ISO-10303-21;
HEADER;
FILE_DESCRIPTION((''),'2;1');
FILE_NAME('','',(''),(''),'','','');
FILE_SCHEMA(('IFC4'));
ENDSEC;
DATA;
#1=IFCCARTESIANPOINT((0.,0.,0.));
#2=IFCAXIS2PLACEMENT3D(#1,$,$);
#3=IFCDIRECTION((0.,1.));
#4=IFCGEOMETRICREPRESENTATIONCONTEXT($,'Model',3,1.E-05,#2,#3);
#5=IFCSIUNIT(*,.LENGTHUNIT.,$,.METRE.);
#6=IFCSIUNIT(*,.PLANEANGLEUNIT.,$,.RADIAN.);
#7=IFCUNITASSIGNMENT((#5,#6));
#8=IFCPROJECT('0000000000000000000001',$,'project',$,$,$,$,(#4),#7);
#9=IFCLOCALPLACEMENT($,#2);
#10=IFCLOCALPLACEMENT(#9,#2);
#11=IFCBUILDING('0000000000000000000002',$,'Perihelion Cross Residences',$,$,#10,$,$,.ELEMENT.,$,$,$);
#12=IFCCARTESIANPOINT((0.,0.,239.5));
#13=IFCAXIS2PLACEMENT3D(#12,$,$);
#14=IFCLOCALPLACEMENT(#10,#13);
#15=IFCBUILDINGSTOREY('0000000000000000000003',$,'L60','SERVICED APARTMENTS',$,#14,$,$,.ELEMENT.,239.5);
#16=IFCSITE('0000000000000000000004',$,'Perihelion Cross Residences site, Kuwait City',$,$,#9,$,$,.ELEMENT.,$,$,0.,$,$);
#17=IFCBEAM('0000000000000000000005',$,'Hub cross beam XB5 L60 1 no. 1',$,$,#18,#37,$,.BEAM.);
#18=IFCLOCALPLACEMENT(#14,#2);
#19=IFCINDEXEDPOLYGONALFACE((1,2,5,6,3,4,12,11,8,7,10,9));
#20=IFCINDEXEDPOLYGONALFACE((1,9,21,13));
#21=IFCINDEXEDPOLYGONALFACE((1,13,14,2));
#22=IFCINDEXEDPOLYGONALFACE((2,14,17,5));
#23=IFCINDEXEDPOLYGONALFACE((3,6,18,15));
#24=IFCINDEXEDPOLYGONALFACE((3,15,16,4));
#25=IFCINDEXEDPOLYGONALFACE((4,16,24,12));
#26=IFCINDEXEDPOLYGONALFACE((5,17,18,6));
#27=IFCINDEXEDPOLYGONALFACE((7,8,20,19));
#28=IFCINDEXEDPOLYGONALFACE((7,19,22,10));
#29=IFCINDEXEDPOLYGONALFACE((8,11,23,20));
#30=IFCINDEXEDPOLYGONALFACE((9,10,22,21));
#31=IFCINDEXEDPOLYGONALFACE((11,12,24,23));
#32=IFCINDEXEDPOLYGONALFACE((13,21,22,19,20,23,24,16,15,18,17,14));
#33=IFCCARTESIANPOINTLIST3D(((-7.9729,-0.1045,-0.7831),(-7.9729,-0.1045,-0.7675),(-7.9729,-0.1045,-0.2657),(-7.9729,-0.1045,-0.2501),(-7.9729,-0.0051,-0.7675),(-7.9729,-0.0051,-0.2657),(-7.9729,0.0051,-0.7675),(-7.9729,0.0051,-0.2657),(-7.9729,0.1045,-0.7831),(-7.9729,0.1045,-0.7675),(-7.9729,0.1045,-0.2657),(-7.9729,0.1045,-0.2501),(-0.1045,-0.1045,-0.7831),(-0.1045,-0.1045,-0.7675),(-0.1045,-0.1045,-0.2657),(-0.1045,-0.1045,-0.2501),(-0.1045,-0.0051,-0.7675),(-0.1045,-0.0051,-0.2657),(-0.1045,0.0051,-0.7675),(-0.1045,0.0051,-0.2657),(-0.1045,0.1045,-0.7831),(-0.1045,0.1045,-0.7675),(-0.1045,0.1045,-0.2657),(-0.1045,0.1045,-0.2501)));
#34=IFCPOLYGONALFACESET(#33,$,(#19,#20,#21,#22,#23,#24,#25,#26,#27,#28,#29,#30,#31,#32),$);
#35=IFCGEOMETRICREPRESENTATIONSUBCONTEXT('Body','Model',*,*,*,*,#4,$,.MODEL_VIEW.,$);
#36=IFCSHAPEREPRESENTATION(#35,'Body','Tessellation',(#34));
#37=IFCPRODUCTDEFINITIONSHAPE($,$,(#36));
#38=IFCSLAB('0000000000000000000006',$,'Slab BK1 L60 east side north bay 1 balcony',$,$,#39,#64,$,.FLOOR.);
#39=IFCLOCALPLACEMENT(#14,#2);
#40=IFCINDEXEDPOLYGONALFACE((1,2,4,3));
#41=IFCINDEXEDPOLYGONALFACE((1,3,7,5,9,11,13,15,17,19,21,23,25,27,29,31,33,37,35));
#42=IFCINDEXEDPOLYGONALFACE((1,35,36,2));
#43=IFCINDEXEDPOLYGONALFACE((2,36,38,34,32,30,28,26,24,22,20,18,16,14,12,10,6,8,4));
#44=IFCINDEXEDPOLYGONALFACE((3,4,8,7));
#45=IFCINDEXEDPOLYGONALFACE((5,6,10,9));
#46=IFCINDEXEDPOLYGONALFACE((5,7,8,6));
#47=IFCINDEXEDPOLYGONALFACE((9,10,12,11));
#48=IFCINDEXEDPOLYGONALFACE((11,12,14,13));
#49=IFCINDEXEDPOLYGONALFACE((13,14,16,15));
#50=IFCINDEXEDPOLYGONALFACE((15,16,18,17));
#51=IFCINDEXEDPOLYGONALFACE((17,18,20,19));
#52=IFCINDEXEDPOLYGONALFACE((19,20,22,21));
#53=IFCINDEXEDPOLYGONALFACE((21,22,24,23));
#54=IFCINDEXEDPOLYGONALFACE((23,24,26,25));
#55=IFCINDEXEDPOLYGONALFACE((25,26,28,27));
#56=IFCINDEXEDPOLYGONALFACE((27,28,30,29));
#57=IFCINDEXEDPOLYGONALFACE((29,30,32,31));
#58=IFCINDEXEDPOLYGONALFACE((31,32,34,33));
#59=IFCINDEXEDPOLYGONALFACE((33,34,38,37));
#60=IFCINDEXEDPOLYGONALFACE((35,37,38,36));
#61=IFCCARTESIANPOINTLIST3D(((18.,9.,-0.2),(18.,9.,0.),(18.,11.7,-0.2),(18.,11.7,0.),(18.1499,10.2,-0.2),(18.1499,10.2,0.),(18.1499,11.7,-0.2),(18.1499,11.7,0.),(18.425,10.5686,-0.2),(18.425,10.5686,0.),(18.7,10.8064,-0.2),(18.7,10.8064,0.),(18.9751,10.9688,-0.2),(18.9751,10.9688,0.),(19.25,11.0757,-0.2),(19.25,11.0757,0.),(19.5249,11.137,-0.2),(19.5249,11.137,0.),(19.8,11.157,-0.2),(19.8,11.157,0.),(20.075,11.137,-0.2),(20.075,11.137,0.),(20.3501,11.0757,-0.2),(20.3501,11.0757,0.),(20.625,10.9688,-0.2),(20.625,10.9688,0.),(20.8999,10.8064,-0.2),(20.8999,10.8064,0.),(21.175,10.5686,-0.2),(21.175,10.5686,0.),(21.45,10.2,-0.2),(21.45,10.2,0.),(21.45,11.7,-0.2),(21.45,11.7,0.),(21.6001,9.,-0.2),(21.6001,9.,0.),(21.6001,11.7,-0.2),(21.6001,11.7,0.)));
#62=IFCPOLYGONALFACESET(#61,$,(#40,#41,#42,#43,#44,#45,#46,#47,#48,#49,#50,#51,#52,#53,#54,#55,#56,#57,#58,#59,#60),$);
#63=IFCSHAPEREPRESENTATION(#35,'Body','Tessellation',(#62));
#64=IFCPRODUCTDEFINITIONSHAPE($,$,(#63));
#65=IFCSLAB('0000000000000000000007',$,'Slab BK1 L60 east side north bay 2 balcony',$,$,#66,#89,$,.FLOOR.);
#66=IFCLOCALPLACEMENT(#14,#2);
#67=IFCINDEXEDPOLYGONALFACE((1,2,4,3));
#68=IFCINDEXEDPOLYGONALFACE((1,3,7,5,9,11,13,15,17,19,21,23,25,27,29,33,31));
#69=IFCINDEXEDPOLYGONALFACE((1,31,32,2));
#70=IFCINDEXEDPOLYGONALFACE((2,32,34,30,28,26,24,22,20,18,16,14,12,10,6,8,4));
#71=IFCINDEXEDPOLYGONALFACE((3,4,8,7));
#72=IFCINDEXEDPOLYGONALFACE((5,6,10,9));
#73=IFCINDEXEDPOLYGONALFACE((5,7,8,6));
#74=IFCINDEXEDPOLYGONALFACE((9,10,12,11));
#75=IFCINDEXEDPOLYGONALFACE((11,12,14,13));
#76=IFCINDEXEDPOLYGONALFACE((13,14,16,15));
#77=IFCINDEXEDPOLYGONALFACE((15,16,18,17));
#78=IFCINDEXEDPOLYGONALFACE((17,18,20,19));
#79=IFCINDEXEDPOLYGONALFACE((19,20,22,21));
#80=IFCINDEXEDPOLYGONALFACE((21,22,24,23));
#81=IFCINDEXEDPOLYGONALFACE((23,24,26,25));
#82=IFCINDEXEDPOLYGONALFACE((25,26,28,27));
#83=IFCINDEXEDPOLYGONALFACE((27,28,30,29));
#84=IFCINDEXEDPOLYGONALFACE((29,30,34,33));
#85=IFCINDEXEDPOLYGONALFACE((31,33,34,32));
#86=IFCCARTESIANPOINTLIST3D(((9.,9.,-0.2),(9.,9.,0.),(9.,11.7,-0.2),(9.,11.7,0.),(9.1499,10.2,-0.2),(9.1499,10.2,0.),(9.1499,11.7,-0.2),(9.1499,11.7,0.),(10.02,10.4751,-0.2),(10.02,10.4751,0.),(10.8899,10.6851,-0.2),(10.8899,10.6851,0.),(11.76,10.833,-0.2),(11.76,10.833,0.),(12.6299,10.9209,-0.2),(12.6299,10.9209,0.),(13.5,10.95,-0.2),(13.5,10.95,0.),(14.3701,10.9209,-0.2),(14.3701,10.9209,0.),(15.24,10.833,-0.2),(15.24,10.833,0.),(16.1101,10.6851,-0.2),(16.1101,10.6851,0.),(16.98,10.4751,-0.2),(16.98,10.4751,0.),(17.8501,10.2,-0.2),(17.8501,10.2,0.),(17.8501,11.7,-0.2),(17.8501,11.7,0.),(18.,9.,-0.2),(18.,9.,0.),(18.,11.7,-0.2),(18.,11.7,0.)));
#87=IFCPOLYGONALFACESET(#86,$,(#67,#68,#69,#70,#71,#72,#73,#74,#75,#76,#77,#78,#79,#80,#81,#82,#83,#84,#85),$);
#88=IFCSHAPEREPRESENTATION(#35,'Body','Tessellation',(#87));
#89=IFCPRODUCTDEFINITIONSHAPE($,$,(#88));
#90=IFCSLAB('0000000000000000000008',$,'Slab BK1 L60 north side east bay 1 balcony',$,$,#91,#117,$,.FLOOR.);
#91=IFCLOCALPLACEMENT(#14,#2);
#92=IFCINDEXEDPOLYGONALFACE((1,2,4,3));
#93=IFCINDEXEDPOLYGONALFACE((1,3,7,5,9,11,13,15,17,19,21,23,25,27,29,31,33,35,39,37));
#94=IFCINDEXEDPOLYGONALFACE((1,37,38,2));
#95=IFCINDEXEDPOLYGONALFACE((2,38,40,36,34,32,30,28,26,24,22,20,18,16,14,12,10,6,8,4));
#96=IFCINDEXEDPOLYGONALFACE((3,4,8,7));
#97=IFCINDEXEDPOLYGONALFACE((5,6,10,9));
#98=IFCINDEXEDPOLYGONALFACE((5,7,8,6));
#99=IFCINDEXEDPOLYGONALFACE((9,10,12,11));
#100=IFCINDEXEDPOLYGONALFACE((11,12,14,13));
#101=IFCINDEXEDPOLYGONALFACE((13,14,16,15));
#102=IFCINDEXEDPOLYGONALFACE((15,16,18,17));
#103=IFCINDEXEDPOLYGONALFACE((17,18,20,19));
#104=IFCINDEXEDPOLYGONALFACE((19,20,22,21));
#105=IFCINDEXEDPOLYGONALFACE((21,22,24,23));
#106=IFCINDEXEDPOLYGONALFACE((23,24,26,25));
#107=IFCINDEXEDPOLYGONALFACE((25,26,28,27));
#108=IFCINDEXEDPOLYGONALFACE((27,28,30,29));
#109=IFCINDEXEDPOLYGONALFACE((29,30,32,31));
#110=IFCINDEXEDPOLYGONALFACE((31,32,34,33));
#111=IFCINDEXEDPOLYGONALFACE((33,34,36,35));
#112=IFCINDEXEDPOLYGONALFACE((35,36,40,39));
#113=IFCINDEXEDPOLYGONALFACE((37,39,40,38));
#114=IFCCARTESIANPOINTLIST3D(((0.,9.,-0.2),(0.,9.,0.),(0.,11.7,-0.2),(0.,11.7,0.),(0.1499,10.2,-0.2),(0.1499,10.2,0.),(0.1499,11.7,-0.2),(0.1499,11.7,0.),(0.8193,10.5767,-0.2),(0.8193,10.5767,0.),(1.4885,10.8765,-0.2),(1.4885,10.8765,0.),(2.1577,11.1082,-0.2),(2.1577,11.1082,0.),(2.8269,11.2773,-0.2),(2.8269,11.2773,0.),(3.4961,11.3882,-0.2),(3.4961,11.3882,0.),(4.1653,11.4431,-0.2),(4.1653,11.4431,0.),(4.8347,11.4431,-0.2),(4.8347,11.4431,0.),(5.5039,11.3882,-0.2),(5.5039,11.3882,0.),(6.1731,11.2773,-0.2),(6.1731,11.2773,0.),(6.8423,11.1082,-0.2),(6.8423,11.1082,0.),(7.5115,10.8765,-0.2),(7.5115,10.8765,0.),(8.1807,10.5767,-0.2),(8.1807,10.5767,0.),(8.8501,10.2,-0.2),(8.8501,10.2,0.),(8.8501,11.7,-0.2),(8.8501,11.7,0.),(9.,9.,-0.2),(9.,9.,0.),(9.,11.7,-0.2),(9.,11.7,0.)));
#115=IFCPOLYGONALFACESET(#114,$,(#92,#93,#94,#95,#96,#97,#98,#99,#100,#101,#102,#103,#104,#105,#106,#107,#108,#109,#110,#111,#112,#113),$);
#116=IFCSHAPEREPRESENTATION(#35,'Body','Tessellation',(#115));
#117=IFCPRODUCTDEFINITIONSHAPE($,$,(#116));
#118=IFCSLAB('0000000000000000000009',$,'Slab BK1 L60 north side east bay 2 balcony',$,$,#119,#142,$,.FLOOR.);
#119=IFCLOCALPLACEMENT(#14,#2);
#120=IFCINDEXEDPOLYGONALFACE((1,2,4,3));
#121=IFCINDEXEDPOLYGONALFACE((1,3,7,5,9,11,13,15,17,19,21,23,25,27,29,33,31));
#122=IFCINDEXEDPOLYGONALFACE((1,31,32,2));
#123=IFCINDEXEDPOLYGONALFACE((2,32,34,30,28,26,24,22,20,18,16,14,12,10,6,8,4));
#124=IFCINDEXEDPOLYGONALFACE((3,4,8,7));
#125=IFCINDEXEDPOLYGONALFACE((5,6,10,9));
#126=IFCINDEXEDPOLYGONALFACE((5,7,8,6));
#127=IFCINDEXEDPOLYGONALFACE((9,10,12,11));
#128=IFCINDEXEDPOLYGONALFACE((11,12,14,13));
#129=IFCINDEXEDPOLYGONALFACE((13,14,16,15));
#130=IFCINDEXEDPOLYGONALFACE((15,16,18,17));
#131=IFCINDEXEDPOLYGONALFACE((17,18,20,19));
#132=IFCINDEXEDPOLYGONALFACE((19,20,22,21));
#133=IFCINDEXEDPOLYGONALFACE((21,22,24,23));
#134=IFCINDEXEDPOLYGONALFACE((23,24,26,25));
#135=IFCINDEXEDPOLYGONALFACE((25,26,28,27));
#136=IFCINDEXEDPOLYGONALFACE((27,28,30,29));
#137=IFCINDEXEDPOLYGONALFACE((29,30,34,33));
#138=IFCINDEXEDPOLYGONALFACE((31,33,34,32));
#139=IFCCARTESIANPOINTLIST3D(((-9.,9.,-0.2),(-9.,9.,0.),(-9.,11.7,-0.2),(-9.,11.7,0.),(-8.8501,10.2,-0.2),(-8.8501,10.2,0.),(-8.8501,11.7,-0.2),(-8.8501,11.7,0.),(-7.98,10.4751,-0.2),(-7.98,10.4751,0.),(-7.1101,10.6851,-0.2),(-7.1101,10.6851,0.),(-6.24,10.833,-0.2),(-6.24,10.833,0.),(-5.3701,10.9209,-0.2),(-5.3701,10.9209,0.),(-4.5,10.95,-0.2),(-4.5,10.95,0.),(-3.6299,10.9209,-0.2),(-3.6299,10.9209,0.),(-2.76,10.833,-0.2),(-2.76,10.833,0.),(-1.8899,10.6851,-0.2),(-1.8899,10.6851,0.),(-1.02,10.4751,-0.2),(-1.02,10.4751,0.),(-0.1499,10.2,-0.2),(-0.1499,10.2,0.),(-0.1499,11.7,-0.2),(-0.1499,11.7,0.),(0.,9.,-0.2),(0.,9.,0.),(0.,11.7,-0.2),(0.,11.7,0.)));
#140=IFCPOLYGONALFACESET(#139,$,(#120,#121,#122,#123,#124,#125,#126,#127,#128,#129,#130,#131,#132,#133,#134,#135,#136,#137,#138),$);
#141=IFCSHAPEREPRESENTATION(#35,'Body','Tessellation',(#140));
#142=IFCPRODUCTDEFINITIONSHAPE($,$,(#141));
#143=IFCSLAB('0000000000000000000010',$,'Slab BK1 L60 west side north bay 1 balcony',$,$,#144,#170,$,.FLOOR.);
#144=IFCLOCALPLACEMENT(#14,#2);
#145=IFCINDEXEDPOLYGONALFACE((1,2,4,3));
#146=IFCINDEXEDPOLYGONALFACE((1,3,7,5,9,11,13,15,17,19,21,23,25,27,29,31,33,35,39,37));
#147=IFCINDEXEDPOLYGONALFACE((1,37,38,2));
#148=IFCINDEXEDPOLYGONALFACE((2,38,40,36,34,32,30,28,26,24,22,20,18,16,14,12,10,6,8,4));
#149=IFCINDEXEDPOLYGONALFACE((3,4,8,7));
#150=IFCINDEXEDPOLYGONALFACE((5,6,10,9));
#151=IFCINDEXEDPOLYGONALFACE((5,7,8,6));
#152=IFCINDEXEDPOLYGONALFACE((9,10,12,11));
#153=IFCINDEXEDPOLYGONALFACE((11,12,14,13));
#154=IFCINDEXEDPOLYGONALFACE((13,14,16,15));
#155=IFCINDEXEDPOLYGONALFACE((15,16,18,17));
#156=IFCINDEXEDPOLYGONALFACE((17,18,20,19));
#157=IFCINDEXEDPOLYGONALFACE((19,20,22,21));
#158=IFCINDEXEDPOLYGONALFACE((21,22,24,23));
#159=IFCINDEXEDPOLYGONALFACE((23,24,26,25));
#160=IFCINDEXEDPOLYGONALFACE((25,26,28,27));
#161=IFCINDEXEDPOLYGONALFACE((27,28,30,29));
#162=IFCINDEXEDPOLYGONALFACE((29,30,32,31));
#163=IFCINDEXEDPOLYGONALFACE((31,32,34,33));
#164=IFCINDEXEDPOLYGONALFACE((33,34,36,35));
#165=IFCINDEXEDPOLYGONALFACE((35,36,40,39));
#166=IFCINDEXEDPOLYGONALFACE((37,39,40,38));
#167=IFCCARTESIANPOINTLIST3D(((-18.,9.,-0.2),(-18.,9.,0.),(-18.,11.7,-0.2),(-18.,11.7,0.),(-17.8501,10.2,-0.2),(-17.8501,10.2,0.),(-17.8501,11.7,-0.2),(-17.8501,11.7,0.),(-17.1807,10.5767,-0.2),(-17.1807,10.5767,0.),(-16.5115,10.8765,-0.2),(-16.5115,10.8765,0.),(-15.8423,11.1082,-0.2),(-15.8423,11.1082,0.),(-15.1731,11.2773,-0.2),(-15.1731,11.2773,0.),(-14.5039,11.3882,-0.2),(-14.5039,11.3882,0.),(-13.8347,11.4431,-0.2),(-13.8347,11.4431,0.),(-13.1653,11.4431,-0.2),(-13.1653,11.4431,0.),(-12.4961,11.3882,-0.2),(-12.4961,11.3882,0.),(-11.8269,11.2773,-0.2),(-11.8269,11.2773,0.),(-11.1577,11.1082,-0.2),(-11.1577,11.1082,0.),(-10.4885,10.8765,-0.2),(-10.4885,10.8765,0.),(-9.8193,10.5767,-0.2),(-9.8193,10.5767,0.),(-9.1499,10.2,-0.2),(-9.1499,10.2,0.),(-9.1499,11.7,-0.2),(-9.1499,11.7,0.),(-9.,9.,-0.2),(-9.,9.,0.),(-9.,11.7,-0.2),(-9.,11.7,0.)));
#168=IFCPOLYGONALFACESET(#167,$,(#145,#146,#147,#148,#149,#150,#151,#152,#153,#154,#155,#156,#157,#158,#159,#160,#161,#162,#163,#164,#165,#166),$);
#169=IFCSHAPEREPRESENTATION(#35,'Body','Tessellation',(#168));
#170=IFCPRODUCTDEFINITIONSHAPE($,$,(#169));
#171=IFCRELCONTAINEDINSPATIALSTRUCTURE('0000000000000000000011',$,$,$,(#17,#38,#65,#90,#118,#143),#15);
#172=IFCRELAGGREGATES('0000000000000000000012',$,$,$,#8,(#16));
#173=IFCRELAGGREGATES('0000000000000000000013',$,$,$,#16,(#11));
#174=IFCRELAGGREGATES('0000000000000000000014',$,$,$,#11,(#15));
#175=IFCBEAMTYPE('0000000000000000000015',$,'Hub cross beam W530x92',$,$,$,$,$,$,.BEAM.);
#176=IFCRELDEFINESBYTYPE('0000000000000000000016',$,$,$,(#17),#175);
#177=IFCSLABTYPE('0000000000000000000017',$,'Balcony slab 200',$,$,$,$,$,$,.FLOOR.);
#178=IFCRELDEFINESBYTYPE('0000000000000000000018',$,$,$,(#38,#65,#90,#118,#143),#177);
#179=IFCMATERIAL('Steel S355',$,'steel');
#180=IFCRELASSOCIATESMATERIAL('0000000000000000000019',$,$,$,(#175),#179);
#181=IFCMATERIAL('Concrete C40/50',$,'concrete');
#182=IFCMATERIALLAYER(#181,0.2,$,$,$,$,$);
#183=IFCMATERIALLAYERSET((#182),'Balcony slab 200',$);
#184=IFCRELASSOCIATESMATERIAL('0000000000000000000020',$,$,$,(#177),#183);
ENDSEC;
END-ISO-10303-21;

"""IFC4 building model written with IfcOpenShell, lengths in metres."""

from ifc_helpers import new_model, si_unit, direction, frame, origin, origin_2d, place, context, subcontext, project, spatial, polyline, i_section, outline, extrude, material, layer, layer_set, material_profile, profile_set, type_object, element, save


model = new_model("IFC4")

# Units and contexts
model_context = context("Model", 3, precision=1e-05, world=origin(), true_north=direction((0.0, 1.0)))
body_context = subcontext(model_context, "Body", "Model", "MODEL_VIEW")
ifc_project = project(units=[si_unit("LENGTHUNIT", "METRE"), si_unit("PLANEANGLEUNIT", "RADIAN")], contexts=[model_context])

# Site, building, storey
site_placement = place(None, origin())
site = spatial("IfcSite", under=ifc_project, at=site_placement, Name="Perihelion Cross Residences site, Kuwait City", CompositionType="ELEMENT", RefElevation=0.0)
building_placement = place(site_placement, origin())
building = spatial("IfcBuilding", under=site, at=building_placement, Name="Perihelion Cross Residences", CompositionType="ELEMENT")
storey_placement = place(building_placement, frame((0.0, 0.0, 239.5)))
storey = spatial("IfcBuildingStorey", under=building, at=storey_placement, Name="L60", Description="SERVICED APARTMENTS", CompositionType="ELEMENT", Elevation=239.5)

# Beam
ifc_material_1 = material(Name="Steel S355", Category="steel")
ifc_material_profile = material_profile(ifc_material_1, i_section(OverallWidth=0.209, OverallDepth=0.533, WebThickness=0.0103, FlangeThickness=0.0156, at=origin_2d()), Name="W530x92")
ifc_profile_set = profile_set([ifc_material_profile], Name="Steel S355")
beam_type = type_object("IfcBeamType", Name="Hub cross beam W530x92", PredefinedType="BEAM", material=ifc_profile_set)
beam_placement = place(storey_placement, frame((-7.9729, 0.0, -0.5166), z_axis=(1.0, 0.0, 0.0), x_axis=(0.0, 1.0, 0.0)))
element("IfcBeam", 1, at=beam_placement, inside=storey, type_object=beam_type, Name="Hub cross beam XB5 L60 1 no. 1", PredefinedType="BEAM", context=body_context, shape_type="SweptSolid", body=[
    extrude(i_section(OverallWidth=0.209, OverallDepth=0.533, WebThickness=0.0103, FlangeThickness=0.0156, at=origin_2d()), origin(), (0.0, 0.0, 1.0), 7.8684),
])

# Slabs
ifc_material_2 = material(Name="Concrete C40/50", Category="concrete")
ifc_layer_1 = layer(ifc_material_2, 0.2)
ifc_layer_set_1 = layer_set([ifc_layer_1], Name="Balcony slab 200")
slab_type_1 = type_object("IfcSlabType", Name="Balcony slab 200", PredefinedType="FLOOR", material=ifc_layer_set_1)
slab_1_placement = place(storey_placement, frame((0.0, 0.0, -0.2)))
element("IfcSlab", 2, at=slab_1_placement, inside=storey, type_object=slab_type_1, Name="Slab BK1 L60 east side north bay 1 balcony", PredefinedType="FLOOR", context=body_context, shape_type="SweptSolid", body=[
    extrude(outline(polyline([(21.6001, 9.0), (18.0, 9.0), (18.0, 11.7), (18.1499, 11.7), (18.1499, 10.2), (18.425, 10.5686), (18.7, 10.8064), (18.9751, 10.9688), (19.25, 11.0757), (19.5249, 11.137), (19.8, 11.157), (20.075, 11.137), (20.3501, 11.0757), (20.625, 10.9688), (20.8999, 10.8064), (21.175, 10.5686), (21.45, 10.2), (21.45, 11.7), (21.6001, 11.7), (21.6001, 9.0)])), origin(), (0.0, 0.0, 1.0), 0.2),
])
slab_2_placement = place(storey_placement, frame((0.0, 0.0, -0.2)))
element("IfcSlab", 3, at=slab_2_placement, inside=storey, type_object=slab_type_1, Name="Slab BK1 L60 east side north bay 2 balcony", PredefinedType="FLOOR", context=body_context, shape_type="SweptSolid", body=[
    extrude(outline(polyline([(18.0, 9.0), (9.0, 9.0), (9.0, 11.7), (9.1499, 11.7), (9.1499, 10.2), (10.02, 10.4751), (10.8899, 10.6851), (11.76, 10.833), (12.6299, 10.9209), (13.5, 10.95), (14.3701, 10.9209), (15.24, 10.833), (16.1101, 10.6851), (16.98, 10.4751), (17.8501, 10.2), (17.8501, 11.7), (18.0, 11.7), (18.0, 9.0)])), origin(), (0.0, 0.0, 1.0), 0.2),
])
slab_3_placement = place(storey_placement, frame((0.0, 0.0, -0.2)))
element("IfcSlab", 4, at=slab_3_placement, inside=storey, type_object=slab_type_1, Name="Slab BK1 L60 north side east bay 1 balcony", PredefinedType="FLOOR", context=body_context, shape_type="SweptSolid", body=[
    extrude(outline(polyline([(9.0, 9.0), (0.0, 9.0), (0.0, 11.7), (0.1499, 11.7), (0.1499, 10.2), (0.8193, 10.5767), (1.4885, 10.8765), (2.1577, 11.1082), (2.8269, 11.2773), (3.4961, 11.3882), (4.1653, 11.4431), (4.8347, 11.4431), (5.5039, 11.3882), (6.1731, 11.2773), (6.8423, 11.1082), (7.5115, 10.8765), (8.1807, 10.5767), (8.8501, 10.2), (8.8501, 11.7), (9.0, 11.7), (9.0, 9.0)])), origin(), (0.0, 0.0, 1.0), 0.2),
])
slab_4_placement = place(storey_placement, frame((0.0, 0.0, -0.2)))
element("IfcSlab", 5, at=slab_4_placement, inside=storey, type_object=slab_type_1, Name="Slab BK1 L60 north side east bay 2 balcony", PredefinedType="FLOOR", context=body_context, shape_type="SweptSolid", body=[
    extrude(outline(polyline([(0.0, 9.0), (-9.0, 9.0), (-9.0, 11.7), (-8.8501, 11.7), (-8.8501, 10.2), (-7.98, 10.4751), (-7.1101, 10.6851), (-6.24, 10.833), (-5.3701, 10.9209), (-4.5, 10.95), (-3.6299, 10.9209), (-2.76, 10.833), (-1.8899, 10.6851), (-1.02, 10.4751), (-0.1499, 10.2), (-0.1499, 11.7), (0.0, 11.7), (0.0, 9.0)])), origin(), (0.0, 0.0, 1.0), 0.2),
])
slab_5_placement = place(storey_placement, frame((0.0, 0.0, -0.2)))
element("IfcSlab", 6, at=slab_5_placement, inside=storey, type_object=slab_type_1, Name="Slab BK1 L60 west side north bay 1 balcony", PredefinedType="FLOOR", context=body_context, shape_type="SweptSolid", body=[
    extrude(outline(polyline([(-9.0, 9.0), (-18.0, 9.0), (-18.0, 11.7), (-17.8501, 11.7), (-17.8501, 10.2), (-17.1807, 10.5767), (-16.5115, 10.8765), (-15.8423, 11.1082), (-15.1731, 11.2773), (-14.5039, 11.3882), (-13.8347, 11.4431), (-13.1653, 11.4431), (-12.4961, 11.3882), (-11.8269, 11.2773), (-11.1577, 11.1082), (-10.4885, 10.8765), (-9.8193, 10.5767), (-9.1499, 10.2), (-9.1499, 11.7), (-9.0, 11.7), (-9.0, 9.0)])), origin(), (0.0, 0.0, 1.0), 0.2),
])

save(model, "model.ifc")
